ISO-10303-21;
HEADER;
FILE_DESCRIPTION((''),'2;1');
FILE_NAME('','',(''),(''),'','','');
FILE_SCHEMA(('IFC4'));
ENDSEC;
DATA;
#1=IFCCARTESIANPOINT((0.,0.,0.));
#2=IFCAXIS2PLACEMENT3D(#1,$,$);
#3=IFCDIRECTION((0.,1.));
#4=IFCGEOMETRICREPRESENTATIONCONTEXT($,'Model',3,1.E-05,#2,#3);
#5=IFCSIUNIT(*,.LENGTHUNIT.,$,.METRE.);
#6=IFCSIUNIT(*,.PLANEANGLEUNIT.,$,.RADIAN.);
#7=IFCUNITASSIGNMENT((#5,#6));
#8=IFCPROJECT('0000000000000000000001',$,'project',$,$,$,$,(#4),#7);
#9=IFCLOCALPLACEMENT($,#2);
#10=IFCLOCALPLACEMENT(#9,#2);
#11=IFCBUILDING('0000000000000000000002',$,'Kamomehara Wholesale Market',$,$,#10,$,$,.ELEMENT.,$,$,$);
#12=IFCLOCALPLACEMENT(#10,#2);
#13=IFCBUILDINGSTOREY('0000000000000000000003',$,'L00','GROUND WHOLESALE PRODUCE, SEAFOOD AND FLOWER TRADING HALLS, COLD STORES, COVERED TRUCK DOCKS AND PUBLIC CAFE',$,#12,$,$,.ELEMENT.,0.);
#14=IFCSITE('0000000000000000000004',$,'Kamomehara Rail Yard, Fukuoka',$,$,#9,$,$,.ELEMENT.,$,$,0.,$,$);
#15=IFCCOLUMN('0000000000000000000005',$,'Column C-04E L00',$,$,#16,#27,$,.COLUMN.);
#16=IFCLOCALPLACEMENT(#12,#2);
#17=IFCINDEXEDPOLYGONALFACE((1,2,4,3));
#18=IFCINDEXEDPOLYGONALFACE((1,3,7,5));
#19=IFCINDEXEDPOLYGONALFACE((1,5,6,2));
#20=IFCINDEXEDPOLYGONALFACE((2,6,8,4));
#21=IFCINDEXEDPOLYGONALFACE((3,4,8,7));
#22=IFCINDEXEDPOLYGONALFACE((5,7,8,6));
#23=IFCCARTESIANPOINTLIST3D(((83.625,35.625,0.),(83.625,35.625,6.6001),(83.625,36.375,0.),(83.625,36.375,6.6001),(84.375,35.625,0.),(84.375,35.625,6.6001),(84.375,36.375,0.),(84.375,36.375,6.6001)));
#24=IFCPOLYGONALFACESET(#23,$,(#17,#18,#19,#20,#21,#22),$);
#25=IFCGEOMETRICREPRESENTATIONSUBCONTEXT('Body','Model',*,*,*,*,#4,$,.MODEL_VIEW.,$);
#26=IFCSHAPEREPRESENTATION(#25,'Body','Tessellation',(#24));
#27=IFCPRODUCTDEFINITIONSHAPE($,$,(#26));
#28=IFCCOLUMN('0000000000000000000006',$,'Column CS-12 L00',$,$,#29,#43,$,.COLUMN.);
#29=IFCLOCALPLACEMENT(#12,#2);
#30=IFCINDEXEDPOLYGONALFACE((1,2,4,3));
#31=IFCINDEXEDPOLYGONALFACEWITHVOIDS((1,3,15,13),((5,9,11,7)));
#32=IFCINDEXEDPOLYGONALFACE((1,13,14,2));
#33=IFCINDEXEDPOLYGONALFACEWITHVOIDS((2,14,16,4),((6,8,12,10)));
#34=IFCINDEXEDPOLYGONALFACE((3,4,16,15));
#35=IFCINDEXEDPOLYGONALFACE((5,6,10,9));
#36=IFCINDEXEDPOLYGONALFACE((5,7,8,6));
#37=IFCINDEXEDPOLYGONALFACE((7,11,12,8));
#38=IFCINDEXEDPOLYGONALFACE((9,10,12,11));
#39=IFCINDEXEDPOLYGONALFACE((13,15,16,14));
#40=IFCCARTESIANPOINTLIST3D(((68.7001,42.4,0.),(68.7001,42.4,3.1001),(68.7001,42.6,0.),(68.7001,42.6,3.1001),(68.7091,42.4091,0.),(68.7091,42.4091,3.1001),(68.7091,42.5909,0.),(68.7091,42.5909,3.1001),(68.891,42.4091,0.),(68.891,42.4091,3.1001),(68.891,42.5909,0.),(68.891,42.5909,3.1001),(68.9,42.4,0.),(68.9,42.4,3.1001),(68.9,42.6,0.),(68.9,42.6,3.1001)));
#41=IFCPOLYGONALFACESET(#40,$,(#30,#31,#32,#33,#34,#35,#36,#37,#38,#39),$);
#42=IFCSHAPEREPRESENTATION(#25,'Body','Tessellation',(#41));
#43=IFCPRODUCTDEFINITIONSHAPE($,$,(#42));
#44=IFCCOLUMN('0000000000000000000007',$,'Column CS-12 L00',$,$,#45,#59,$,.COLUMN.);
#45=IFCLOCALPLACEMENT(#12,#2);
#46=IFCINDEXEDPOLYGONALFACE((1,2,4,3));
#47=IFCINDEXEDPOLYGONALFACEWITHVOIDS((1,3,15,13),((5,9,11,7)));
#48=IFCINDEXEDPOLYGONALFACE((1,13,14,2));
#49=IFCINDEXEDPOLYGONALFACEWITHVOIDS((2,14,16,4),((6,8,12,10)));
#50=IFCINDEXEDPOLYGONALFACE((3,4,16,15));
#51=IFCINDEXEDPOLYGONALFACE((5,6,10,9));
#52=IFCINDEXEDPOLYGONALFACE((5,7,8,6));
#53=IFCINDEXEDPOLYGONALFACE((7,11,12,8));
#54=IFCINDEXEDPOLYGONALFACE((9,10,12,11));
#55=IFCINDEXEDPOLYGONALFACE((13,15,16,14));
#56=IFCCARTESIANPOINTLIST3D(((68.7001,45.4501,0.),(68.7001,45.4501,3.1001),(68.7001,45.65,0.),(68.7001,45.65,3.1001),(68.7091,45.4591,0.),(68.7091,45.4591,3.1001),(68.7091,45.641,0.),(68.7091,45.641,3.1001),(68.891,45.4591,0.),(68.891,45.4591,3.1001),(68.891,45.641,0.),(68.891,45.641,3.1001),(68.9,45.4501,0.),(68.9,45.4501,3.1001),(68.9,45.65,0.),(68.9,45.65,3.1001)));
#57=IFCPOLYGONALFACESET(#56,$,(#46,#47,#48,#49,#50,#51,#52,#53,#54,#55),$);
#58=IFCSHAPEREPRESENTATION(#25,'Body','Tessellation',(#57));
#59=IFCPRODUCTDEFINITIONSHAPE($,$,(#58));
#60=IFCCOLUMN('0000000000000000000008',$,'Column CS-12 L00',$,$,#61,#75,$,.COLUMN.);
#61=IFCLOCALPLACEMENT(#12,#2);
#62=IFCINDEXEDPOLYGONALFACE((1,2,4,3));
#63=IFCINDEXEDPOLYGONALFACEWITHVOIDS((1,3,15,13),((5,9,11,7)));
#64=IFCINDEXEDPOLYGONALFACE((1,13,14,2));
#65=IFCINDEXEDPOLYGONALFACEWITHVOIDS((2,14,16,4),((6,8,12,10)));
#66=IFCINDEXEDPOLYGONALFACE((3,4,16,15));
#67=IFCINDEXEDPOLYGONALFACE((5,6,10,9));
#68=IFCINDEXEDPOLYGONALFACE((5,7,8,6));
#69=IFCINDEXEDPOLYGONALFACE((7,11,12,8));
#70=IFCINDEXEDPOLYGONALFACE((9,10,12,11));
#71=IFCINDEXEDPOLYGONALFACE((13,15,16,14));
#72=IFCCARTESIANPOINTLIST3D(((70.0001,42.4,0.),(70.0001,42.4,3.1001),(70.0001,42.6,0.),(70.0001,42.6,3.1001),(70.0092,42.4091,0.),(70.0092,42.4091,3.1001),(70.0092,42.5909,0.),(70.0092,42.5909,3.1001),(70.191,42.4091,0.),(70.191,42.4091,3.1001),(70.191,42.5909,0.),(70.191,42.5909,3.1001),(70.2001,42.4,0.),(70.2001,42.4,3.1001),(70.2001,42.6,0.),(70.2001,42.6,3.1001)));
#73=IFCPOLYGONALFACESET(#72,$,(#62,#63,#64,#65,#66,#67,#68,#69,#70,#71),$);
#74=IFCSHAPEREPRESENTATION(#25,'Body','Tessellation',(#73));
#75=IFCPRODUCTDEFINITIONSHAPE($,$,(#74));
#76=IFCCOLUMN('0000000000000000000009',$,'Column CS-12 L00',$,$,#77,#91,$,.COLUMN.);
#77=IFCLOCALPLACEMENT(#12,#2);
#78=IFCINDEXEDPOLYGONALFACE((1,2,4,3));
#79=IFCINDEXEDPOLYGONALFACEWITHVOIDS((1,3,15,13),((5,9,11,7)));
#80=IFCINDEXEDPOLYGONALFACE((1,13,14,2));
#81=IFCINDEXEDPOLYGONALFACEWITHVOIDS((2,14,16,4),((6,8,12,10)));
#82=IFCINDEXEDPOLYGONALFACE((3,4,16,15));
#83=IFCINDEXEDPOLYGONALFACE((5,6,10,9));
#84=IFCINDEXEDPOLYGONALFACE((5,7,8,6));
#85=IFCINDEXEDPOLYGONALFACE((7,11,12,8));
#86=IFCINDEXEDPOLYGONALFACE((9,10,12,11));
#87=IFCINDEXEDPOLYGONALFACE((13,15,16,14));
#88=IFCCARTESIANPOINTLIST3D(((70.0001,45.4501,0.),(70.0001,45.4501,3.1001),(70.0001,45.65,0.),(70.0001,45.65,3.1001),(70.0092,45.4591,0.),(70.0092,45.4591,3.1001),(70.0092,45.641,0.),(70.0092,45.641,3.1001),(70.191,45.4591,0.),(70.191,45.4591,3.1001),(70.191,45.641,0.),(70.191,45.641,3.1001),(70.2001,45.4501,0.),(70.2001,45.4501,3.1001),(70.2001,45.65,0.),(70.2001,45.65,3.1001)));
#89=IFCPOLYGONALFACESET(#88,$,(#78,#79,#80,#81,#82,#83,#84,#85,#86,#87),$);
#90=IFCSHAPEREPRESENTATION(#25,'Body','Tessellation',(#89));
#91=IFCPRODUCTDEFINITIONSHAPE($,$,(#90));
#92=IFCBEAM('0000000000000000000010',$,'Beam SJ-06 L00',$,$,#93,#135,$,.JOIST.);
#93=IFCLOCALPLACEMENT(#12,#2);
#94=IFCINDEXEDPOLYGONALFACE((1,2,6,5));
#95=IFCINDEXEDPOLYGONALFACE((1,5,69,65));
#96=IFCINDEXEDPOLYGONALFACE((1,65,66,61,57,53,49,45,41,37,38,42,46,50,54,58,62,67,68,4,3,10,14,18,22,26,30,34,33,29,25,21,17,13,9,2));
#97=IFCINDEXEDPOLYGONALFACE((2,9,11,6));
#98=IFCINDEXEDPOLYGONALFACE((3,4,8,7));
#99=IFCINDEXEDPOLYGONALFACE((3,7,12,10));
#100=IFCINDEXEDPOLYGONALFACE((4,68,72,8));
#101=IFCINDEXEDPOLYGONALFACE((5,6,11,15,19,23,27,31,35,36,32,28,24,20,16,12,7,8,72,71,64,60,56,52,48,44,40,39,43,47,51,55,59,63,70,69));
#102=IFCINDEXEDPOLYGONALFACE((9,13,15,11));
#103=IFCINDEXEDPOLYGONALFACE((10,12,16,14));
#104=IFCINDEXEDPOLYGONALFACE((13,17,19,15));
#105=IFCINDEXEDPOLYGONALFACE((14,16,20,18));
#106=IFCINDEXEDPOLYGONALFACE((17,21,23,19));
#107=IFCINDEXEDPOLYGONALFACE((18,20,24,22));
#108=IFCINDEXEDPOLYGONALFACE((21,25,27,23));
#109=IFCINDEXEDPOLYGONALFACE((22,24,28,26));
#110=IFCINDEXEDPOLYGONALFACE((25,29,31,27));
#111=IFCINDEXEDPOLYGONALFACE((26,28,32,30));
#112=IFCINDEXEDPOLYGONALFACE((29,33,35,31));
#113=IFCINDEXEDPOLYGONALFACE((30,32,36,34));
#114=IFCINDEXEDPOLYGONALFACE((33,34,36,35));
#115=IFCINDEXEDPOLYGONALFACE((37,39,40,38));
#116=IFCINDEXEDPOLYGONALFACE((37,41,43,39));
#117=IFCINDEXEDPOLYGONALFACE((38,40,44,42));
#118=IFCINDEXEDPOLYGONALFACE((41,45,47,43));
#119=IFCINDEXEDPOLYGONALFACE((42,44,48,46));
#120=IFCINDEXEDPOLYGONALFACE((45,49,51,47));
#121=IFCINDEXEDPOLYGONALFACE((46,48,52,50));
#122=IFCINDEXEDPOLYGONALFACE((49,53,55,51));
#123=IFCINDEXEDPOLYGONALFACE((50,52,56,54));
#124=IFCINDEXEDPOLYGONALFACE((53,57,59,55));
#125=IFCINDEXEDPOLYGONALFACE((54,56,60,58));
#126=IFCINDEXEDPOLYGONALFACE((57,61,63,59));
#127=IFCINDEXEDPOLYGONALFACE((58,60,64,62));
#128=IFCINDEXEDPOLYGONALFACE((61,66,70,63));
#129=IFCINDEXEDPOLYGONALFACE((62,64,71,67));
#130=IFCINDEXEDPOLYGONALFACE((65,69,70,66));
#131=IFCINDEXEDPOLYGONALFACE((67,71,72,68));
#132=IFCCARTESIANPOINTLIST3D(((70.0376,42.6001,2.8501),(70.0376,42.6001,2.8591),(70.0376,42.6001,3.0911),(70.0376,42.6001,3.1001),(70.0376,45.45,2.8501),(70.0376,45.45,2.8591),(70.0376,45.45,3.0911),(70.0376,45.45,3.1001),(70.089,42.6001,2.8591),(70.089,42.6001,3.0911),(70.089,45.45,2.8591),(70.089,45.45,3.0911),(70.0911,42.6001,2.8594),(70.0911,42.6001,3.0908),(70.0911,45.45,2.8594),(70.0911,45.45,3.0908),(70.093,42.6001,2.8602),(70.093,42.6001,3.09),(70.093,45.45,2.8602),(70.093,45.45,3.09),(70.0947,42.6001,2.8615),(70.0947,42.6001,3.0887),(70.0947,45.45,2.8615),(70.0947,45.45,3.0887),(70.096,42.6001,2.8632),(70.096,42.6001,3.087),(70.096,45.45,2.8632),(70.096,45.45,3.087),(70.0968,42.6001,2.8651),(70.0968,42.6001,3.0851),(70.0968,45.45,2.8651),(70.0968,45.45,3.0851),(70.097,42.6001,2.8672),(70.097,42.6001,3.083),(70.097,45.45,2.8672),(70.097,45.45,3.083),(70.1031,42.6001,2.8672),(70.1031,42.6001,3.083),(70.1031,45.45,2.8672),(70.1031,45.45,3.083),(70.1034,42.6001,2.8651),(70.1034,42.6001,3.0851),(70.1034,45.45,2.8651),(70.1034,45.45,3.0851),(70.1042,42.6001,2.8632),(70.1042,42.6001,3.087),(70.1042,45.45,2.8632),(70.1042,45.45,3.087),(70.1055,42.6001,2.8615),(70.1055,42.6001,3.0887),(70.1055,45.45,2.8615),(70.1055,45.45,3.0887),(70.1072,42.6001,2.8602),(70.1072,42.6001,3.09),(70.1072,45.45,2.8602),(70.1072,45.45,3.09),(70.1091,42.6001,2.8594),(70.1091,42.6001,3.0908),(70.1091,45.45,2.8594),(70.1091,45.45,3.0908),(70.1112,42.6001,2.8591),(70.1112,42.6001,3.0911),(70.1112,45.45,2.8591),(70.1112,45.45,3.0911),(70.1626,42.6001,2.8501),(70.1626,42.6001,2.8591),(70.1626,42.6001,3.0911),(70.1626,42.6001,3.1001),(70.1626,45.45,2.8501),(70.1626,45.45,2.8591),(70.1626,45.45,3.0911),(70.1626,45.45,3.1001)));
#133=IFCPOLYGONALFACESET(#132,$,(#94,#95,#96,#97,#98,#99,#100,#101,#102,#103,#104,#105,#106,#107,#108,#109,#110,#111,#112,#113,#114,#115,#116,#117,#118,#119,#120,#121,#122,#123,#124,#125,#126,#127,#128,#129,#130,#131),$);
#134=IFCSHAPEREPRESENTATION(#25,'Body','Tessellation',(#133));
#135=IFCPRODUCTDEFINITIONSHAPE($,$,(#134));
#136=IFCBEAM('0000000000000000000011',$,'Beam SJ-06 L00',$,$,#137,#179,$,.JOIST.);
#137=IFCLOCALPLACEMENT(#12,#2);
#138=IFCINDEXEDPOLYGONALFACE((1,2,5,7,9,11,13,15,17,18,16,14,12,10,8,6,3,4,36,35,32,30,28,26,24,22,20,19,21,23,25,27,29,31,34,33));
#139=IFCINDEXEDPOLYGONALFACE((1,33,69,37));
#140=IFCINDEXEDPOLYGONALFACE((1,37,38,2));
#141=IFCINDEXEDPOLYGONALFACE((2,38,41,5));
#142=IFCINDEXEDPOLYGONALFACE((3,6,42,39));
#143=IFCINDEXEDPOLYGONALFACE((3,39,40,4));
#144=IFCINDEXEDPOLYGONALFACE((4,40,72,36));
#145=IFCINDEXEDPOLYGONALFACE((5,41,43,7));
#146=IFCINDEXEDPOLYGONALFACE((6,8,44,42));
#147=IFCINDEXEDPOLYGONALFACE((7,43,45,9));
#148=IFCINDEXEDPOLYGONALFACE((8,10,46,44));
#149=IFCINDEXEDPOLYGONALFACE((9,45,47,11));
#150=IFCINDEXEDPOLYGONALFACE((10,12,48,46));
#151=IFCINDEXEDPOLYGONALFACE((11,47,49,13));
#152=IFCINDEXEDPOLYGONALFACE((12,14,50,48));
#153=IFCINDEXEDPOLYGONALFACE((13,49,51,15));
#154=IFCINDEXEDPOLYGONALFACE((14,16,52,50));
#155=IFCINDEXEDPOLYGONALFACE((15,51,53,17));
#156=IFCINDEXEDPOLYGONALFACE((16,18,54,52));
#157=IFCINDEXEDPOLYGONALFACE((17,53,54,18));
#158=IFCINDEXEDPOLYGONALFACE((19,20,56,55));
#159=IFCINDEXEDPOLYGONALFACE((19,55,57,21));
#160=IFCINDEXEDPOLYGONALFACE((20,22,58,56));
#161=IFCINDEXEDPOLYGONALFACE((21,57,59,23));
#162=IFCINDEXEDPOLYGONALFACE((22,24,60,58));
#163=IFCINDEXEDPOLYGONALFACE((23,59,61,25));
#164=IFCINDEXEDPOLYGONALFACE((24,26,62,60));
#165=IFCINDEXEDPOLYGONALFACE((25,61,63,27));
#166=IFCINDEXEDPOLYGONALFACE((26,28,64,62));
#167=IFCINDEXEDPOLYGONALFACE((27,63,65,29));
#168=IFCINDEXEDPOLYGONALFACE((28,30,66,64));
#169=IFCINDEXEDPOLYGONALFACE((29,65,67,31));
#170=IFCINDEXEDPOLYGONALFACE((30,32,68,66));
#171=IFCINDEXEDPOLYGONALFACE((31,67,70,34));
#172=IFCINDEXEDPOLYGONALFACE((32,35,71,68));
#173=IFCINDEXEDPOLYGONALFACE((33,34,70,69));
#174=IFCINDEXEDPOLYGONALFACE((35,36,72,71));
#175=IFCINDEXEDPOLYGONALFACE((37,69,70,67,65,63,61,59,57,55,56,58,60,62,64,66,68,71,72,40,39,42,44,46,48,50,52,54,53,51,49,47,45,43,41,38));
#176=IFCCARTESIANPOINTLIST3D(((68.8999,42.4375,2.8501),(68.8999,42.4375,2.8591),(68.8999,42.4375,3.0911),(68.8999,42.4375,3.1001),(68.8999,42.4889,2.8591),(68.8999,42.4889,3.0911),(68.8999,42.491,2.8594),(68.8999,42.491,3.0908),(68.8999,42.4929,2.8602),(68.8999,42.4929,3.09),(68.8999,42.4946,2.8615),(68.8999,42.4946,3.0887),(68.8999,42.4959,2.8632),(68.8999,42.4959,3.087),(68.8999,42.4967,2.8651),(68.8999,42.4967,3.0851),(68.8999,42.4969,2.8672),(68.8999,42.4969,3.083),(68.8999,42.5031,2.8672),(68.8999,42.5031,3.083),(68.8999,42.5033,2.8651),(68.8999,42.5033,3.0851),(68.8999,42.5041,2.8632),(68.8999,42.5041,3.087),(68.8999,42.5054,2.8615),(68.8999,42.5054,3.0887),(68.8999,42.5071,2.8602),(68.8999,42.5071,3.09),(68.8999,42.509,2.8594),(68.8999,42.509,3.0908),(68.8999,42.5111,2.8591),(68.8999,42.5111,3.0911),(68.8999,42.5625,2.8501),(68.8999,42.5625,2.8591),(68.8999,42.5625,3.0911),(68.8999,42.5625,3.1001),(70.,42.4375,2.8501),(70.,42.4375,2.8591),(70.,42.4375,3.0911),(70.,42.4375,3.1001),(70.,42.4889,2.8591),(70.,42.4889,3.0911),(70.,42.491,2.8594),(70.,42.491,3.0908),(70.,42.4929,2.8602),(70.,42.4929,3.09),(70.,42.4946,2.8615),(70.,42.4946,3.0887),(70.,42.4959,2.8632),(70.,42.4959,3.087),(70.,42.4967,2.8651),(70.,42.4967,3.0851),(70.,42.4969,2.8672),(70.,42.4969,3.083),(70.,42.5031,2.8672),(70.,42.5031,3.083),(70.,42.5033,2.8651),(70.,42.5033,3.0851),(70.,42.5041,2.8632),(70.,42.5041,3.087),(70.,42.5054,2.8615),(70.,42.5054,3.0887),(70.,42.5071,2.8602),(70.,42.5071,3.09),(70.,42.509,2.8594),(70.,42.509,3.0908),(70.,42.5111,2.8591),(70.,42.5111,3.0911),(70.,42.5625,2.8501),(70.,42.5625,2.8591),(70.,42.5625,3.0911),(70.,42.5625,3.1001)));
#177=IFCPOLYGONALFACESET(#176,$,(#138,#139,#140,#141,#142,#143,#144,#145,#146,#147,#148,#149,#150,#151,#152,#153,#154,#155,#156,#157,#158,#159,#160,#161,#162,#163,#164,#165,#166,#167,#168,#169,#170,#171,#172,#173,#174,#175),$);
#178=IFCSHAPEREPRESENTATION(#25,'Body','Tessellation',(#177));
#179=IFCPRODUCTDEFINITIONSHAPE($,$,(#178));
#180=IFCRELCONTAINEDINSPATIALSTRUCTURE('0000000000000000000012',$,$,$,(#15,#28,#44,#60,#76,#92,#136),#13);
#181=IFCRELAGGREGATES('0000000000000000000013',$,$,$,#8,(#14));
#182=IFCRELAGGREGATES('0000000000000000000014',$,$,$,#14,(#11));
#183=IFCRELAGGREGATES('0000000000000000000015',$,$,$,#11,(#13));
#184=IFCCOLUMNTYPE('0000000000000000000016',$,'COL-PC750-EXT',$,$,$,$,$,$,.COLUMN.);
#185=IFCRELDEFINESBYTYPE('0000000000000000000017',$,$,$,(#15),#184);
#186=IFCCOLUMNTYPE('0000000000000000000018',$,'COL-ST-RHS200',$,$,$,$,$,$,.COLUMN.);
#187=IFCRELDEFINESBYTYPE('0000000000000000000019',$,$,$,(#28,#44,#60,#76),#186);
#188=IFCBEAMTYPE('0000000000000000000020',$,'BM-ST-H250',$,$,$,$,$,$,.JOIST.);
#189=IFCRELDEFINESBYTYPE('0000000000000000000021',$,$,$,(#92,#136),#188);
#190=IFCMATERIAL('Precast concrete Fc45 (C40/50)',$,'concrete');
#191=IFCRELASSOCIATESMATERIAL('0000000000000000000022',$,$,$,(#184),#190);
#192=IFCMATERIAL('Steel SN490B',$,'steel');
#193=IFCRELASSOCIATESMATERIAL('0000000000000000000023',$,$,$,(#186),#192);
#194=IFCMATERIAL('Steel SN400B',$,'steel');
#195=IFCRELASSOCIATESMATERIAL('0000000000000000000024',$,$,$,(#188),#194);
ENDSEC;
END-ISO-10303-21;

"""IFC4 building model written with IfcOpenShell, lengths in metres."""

from ifc_helpers import new_model, si_unit, direction, frame, origin, origin_2d, place, context, subcontext, project, spatial, rectangle, hollow_rectangle, i_section, extrude, material, material_profile, profile_set, type_object, element, save


model = new_model("IFC4")

# Units and contexts
model_context = context("Model", 3, precision=1e-05, world=origin(), true_north=direction((0.0, 1.0)))
body_context = subcontext(model_context, "Body", "Model", "MODEL_VIEW")
ifc_project = project(units=[si_unit("LENGTHUNIT", "METRE"), si_unit("PLANEANGLEUNIT", "RADIAN")], contexts=[model_context])

# Site, building, storey
site_placement = place(None, origin())
site = spatial("IfcSite", under=ifc_project, at=site_placement, Name="Kamomehara Rail Yard, Fukuoka", CompositionType="ELEMENT", RefElevation=0.0)
building_placement = place(site_placement, origin())
building = spatial("IfcBuilding", under=site, at=building_placement, Name="Kamomehara Wholesale Market", CompositionType="ELEMENT")
storey_placement = place(building_placement, origin())
storey = spatial("IfcBuildingStorey", under=building, at=storey_placement, Name="L00", Description="GROUND WHOLESALE PRODUCE, SEAFOOD AND FLOWER TRADING HALLS, COLD STORES, COVERED TRUCK DOCKS AND PUBLIC CAFE", CompositionType="ELEMENT", Elevation=0.0)

# Columns
ifc_material_1 = material(Name="Precast concrete Fc45 (C40/50)", Category="concrete")
ifc_material_profile_1 = material_profile(ifc_material_1, rectangle(XDim=0.75, YDim=0.75, at=origin_2d()), Name="PC-COL-750x750")
ifc_profile_set_1 = profile_set([ifc_material_profile_1], Name="Precast concrete Fc45 (C40/50)")
column_type_1 = type_object("IfcColumnType", Name="COL-PC750-EXT", PredefinedType="COLUMN", material=ifc_profile_set_1)
column_placement = place(storey_placement, frame((84.0, 36.0, 0.0), z_axis=(0.0, 0.0, 1.0), x_axis=(1.0, 0.0, 0.0)))
element("IfcColumn", 1, at=column_placement, inside=storey, type_object=column_type_1, Name="Column C-04E L00", PredefinedType="COLUMN", context=body_context, shape_type="SweptSolid", body=[
    extrude(rectangle(XDim=0.75, YDim=0.75, at=origin_2d()), origin(), (0.0, 0.0, 1.0), 6.6001),
])
ifc_material_2 = material(Name="Steel SN490B", Category="steel")
ifc_material_profile_2 = material_profile(ifc_material_2, hollow_rectangle(XDim=0.2, YDim=0.2, WallThickness=0.009, at=origin_2d()), Name="RHS-200x200x9")
ifc_profile_set_2 = profile_set([ifc_material_profile_2], Name="Steel SN490B")
column_type_2 = type_object("IfcColumnType", Name="COL-ST-RHS200", PredefinedType="COLUMN", material=ifc_profile_set_2)
for number, where, z_axis, x_axis, name in (
    (2, (68.8, 42.5, 0.0), (0.0, 0.0, 1.0), (1.0, 0.0, 0.0), "Column CS-12 L00"),
    (3, (68.8, 45.55, 0.0), (0.0, 0.0, 1.0), (1.0, 0.0, 0.0), "Column CS-12 L00"),
    (4, (70.1001, 42.5, 0.0), (0.0, 0.0, 1.0), (1.0, 0.0, 0.0), "Column CS-12 L00"),
    (5, (70.1001, 45.55, 0.0), (0.0, 0.0, 1.0), (1.0, 0.0, 0.0), "Column CS-12 L00"),
):
    element("IfcColumn", number, at=place(storey_placement, frame(where, z_axis=z_axis, x_axis=x_axis)), inside=storey, type_object=column_type_2, Name=name, PredefinedType="COLUMN", context=body_context, shape_type="SweptSolid", body=[
        extrude(hollow_rectangle(XDim=0.2, YDim=0.2, WallThickness=0.009, at=origin_2d()), origin(), (0.0, 0.0, 1.0), 3.1001),
    ])

# Beams
ifc_material_3 = material(Name="Steel SN400B", Category="steel")
ifc_material_profile_3 = material_profile(ifc_material_3, i_section(OverallWidth=0.125, OverallDepth=0.25, WebThickness=0.0061, FlangeThickness=0.009, FilletRadius=0.0081, at=origin_2d()), Name="H-250x125x6x9")
ifc_profile_set_3 = profile_set([ifc_material_profile_3], Name="Steel SN400B")
beam_type = type_object("IfcBeamType", Name="BM-ST-H250", PredefinedType="JOIST", material=ifc_profile_set_3)
beam_placement = place(storey_placement, frame((70.1001, 42.6001, 2.9751), z_axis=(0.0, 1.0, 0.0), x_axis=(-1.0, 0.0, 0.0)))
element("IfcBeam", 6, at=beam_placement, inside=storey, type_object=beam_type, Name="Beam SJ-06 L00", PredefinedType="JOIST", context=body_context, shape_type="SweptSolid", body=[
    extrude(i_section(OverallWidth=0.125, OverallDepth=0.25, WebThickness=0.0061, FlangeThickness=0.009, FilletRadius=0.0081, at=origin_2d()), origin(), (0.0, 0.0, 1.0), 2.8499),
])
for number, where, z_axis, x_axis, name in (
    (7, (68.8999, 42.5, 2.9751), (1.0, 0.0, 0.0), (0.0, 1.0, 0.0), "Beam SJ-06 L00"),
):
    element("IfcBeam", number, at=place(storey_placement, frame(where, z_axis=z_axis, x_axis=x_axis)), inside=storey, type_object=beam_type, Name=name, PredefinedType="JOIST", context=body_context, shape_type="SweptSolid", body=[
        extrude(i_section(OverallWidth=0.125, OverallDepth=0.25, WebThickness=0.0061, FlangeThickness=0.009, FilletRadius=0.0081, at=origin_2d()), origin(), (0.0, 0.0, 1.0), 1.1001),
    ])

save(model, "model.ifc")
